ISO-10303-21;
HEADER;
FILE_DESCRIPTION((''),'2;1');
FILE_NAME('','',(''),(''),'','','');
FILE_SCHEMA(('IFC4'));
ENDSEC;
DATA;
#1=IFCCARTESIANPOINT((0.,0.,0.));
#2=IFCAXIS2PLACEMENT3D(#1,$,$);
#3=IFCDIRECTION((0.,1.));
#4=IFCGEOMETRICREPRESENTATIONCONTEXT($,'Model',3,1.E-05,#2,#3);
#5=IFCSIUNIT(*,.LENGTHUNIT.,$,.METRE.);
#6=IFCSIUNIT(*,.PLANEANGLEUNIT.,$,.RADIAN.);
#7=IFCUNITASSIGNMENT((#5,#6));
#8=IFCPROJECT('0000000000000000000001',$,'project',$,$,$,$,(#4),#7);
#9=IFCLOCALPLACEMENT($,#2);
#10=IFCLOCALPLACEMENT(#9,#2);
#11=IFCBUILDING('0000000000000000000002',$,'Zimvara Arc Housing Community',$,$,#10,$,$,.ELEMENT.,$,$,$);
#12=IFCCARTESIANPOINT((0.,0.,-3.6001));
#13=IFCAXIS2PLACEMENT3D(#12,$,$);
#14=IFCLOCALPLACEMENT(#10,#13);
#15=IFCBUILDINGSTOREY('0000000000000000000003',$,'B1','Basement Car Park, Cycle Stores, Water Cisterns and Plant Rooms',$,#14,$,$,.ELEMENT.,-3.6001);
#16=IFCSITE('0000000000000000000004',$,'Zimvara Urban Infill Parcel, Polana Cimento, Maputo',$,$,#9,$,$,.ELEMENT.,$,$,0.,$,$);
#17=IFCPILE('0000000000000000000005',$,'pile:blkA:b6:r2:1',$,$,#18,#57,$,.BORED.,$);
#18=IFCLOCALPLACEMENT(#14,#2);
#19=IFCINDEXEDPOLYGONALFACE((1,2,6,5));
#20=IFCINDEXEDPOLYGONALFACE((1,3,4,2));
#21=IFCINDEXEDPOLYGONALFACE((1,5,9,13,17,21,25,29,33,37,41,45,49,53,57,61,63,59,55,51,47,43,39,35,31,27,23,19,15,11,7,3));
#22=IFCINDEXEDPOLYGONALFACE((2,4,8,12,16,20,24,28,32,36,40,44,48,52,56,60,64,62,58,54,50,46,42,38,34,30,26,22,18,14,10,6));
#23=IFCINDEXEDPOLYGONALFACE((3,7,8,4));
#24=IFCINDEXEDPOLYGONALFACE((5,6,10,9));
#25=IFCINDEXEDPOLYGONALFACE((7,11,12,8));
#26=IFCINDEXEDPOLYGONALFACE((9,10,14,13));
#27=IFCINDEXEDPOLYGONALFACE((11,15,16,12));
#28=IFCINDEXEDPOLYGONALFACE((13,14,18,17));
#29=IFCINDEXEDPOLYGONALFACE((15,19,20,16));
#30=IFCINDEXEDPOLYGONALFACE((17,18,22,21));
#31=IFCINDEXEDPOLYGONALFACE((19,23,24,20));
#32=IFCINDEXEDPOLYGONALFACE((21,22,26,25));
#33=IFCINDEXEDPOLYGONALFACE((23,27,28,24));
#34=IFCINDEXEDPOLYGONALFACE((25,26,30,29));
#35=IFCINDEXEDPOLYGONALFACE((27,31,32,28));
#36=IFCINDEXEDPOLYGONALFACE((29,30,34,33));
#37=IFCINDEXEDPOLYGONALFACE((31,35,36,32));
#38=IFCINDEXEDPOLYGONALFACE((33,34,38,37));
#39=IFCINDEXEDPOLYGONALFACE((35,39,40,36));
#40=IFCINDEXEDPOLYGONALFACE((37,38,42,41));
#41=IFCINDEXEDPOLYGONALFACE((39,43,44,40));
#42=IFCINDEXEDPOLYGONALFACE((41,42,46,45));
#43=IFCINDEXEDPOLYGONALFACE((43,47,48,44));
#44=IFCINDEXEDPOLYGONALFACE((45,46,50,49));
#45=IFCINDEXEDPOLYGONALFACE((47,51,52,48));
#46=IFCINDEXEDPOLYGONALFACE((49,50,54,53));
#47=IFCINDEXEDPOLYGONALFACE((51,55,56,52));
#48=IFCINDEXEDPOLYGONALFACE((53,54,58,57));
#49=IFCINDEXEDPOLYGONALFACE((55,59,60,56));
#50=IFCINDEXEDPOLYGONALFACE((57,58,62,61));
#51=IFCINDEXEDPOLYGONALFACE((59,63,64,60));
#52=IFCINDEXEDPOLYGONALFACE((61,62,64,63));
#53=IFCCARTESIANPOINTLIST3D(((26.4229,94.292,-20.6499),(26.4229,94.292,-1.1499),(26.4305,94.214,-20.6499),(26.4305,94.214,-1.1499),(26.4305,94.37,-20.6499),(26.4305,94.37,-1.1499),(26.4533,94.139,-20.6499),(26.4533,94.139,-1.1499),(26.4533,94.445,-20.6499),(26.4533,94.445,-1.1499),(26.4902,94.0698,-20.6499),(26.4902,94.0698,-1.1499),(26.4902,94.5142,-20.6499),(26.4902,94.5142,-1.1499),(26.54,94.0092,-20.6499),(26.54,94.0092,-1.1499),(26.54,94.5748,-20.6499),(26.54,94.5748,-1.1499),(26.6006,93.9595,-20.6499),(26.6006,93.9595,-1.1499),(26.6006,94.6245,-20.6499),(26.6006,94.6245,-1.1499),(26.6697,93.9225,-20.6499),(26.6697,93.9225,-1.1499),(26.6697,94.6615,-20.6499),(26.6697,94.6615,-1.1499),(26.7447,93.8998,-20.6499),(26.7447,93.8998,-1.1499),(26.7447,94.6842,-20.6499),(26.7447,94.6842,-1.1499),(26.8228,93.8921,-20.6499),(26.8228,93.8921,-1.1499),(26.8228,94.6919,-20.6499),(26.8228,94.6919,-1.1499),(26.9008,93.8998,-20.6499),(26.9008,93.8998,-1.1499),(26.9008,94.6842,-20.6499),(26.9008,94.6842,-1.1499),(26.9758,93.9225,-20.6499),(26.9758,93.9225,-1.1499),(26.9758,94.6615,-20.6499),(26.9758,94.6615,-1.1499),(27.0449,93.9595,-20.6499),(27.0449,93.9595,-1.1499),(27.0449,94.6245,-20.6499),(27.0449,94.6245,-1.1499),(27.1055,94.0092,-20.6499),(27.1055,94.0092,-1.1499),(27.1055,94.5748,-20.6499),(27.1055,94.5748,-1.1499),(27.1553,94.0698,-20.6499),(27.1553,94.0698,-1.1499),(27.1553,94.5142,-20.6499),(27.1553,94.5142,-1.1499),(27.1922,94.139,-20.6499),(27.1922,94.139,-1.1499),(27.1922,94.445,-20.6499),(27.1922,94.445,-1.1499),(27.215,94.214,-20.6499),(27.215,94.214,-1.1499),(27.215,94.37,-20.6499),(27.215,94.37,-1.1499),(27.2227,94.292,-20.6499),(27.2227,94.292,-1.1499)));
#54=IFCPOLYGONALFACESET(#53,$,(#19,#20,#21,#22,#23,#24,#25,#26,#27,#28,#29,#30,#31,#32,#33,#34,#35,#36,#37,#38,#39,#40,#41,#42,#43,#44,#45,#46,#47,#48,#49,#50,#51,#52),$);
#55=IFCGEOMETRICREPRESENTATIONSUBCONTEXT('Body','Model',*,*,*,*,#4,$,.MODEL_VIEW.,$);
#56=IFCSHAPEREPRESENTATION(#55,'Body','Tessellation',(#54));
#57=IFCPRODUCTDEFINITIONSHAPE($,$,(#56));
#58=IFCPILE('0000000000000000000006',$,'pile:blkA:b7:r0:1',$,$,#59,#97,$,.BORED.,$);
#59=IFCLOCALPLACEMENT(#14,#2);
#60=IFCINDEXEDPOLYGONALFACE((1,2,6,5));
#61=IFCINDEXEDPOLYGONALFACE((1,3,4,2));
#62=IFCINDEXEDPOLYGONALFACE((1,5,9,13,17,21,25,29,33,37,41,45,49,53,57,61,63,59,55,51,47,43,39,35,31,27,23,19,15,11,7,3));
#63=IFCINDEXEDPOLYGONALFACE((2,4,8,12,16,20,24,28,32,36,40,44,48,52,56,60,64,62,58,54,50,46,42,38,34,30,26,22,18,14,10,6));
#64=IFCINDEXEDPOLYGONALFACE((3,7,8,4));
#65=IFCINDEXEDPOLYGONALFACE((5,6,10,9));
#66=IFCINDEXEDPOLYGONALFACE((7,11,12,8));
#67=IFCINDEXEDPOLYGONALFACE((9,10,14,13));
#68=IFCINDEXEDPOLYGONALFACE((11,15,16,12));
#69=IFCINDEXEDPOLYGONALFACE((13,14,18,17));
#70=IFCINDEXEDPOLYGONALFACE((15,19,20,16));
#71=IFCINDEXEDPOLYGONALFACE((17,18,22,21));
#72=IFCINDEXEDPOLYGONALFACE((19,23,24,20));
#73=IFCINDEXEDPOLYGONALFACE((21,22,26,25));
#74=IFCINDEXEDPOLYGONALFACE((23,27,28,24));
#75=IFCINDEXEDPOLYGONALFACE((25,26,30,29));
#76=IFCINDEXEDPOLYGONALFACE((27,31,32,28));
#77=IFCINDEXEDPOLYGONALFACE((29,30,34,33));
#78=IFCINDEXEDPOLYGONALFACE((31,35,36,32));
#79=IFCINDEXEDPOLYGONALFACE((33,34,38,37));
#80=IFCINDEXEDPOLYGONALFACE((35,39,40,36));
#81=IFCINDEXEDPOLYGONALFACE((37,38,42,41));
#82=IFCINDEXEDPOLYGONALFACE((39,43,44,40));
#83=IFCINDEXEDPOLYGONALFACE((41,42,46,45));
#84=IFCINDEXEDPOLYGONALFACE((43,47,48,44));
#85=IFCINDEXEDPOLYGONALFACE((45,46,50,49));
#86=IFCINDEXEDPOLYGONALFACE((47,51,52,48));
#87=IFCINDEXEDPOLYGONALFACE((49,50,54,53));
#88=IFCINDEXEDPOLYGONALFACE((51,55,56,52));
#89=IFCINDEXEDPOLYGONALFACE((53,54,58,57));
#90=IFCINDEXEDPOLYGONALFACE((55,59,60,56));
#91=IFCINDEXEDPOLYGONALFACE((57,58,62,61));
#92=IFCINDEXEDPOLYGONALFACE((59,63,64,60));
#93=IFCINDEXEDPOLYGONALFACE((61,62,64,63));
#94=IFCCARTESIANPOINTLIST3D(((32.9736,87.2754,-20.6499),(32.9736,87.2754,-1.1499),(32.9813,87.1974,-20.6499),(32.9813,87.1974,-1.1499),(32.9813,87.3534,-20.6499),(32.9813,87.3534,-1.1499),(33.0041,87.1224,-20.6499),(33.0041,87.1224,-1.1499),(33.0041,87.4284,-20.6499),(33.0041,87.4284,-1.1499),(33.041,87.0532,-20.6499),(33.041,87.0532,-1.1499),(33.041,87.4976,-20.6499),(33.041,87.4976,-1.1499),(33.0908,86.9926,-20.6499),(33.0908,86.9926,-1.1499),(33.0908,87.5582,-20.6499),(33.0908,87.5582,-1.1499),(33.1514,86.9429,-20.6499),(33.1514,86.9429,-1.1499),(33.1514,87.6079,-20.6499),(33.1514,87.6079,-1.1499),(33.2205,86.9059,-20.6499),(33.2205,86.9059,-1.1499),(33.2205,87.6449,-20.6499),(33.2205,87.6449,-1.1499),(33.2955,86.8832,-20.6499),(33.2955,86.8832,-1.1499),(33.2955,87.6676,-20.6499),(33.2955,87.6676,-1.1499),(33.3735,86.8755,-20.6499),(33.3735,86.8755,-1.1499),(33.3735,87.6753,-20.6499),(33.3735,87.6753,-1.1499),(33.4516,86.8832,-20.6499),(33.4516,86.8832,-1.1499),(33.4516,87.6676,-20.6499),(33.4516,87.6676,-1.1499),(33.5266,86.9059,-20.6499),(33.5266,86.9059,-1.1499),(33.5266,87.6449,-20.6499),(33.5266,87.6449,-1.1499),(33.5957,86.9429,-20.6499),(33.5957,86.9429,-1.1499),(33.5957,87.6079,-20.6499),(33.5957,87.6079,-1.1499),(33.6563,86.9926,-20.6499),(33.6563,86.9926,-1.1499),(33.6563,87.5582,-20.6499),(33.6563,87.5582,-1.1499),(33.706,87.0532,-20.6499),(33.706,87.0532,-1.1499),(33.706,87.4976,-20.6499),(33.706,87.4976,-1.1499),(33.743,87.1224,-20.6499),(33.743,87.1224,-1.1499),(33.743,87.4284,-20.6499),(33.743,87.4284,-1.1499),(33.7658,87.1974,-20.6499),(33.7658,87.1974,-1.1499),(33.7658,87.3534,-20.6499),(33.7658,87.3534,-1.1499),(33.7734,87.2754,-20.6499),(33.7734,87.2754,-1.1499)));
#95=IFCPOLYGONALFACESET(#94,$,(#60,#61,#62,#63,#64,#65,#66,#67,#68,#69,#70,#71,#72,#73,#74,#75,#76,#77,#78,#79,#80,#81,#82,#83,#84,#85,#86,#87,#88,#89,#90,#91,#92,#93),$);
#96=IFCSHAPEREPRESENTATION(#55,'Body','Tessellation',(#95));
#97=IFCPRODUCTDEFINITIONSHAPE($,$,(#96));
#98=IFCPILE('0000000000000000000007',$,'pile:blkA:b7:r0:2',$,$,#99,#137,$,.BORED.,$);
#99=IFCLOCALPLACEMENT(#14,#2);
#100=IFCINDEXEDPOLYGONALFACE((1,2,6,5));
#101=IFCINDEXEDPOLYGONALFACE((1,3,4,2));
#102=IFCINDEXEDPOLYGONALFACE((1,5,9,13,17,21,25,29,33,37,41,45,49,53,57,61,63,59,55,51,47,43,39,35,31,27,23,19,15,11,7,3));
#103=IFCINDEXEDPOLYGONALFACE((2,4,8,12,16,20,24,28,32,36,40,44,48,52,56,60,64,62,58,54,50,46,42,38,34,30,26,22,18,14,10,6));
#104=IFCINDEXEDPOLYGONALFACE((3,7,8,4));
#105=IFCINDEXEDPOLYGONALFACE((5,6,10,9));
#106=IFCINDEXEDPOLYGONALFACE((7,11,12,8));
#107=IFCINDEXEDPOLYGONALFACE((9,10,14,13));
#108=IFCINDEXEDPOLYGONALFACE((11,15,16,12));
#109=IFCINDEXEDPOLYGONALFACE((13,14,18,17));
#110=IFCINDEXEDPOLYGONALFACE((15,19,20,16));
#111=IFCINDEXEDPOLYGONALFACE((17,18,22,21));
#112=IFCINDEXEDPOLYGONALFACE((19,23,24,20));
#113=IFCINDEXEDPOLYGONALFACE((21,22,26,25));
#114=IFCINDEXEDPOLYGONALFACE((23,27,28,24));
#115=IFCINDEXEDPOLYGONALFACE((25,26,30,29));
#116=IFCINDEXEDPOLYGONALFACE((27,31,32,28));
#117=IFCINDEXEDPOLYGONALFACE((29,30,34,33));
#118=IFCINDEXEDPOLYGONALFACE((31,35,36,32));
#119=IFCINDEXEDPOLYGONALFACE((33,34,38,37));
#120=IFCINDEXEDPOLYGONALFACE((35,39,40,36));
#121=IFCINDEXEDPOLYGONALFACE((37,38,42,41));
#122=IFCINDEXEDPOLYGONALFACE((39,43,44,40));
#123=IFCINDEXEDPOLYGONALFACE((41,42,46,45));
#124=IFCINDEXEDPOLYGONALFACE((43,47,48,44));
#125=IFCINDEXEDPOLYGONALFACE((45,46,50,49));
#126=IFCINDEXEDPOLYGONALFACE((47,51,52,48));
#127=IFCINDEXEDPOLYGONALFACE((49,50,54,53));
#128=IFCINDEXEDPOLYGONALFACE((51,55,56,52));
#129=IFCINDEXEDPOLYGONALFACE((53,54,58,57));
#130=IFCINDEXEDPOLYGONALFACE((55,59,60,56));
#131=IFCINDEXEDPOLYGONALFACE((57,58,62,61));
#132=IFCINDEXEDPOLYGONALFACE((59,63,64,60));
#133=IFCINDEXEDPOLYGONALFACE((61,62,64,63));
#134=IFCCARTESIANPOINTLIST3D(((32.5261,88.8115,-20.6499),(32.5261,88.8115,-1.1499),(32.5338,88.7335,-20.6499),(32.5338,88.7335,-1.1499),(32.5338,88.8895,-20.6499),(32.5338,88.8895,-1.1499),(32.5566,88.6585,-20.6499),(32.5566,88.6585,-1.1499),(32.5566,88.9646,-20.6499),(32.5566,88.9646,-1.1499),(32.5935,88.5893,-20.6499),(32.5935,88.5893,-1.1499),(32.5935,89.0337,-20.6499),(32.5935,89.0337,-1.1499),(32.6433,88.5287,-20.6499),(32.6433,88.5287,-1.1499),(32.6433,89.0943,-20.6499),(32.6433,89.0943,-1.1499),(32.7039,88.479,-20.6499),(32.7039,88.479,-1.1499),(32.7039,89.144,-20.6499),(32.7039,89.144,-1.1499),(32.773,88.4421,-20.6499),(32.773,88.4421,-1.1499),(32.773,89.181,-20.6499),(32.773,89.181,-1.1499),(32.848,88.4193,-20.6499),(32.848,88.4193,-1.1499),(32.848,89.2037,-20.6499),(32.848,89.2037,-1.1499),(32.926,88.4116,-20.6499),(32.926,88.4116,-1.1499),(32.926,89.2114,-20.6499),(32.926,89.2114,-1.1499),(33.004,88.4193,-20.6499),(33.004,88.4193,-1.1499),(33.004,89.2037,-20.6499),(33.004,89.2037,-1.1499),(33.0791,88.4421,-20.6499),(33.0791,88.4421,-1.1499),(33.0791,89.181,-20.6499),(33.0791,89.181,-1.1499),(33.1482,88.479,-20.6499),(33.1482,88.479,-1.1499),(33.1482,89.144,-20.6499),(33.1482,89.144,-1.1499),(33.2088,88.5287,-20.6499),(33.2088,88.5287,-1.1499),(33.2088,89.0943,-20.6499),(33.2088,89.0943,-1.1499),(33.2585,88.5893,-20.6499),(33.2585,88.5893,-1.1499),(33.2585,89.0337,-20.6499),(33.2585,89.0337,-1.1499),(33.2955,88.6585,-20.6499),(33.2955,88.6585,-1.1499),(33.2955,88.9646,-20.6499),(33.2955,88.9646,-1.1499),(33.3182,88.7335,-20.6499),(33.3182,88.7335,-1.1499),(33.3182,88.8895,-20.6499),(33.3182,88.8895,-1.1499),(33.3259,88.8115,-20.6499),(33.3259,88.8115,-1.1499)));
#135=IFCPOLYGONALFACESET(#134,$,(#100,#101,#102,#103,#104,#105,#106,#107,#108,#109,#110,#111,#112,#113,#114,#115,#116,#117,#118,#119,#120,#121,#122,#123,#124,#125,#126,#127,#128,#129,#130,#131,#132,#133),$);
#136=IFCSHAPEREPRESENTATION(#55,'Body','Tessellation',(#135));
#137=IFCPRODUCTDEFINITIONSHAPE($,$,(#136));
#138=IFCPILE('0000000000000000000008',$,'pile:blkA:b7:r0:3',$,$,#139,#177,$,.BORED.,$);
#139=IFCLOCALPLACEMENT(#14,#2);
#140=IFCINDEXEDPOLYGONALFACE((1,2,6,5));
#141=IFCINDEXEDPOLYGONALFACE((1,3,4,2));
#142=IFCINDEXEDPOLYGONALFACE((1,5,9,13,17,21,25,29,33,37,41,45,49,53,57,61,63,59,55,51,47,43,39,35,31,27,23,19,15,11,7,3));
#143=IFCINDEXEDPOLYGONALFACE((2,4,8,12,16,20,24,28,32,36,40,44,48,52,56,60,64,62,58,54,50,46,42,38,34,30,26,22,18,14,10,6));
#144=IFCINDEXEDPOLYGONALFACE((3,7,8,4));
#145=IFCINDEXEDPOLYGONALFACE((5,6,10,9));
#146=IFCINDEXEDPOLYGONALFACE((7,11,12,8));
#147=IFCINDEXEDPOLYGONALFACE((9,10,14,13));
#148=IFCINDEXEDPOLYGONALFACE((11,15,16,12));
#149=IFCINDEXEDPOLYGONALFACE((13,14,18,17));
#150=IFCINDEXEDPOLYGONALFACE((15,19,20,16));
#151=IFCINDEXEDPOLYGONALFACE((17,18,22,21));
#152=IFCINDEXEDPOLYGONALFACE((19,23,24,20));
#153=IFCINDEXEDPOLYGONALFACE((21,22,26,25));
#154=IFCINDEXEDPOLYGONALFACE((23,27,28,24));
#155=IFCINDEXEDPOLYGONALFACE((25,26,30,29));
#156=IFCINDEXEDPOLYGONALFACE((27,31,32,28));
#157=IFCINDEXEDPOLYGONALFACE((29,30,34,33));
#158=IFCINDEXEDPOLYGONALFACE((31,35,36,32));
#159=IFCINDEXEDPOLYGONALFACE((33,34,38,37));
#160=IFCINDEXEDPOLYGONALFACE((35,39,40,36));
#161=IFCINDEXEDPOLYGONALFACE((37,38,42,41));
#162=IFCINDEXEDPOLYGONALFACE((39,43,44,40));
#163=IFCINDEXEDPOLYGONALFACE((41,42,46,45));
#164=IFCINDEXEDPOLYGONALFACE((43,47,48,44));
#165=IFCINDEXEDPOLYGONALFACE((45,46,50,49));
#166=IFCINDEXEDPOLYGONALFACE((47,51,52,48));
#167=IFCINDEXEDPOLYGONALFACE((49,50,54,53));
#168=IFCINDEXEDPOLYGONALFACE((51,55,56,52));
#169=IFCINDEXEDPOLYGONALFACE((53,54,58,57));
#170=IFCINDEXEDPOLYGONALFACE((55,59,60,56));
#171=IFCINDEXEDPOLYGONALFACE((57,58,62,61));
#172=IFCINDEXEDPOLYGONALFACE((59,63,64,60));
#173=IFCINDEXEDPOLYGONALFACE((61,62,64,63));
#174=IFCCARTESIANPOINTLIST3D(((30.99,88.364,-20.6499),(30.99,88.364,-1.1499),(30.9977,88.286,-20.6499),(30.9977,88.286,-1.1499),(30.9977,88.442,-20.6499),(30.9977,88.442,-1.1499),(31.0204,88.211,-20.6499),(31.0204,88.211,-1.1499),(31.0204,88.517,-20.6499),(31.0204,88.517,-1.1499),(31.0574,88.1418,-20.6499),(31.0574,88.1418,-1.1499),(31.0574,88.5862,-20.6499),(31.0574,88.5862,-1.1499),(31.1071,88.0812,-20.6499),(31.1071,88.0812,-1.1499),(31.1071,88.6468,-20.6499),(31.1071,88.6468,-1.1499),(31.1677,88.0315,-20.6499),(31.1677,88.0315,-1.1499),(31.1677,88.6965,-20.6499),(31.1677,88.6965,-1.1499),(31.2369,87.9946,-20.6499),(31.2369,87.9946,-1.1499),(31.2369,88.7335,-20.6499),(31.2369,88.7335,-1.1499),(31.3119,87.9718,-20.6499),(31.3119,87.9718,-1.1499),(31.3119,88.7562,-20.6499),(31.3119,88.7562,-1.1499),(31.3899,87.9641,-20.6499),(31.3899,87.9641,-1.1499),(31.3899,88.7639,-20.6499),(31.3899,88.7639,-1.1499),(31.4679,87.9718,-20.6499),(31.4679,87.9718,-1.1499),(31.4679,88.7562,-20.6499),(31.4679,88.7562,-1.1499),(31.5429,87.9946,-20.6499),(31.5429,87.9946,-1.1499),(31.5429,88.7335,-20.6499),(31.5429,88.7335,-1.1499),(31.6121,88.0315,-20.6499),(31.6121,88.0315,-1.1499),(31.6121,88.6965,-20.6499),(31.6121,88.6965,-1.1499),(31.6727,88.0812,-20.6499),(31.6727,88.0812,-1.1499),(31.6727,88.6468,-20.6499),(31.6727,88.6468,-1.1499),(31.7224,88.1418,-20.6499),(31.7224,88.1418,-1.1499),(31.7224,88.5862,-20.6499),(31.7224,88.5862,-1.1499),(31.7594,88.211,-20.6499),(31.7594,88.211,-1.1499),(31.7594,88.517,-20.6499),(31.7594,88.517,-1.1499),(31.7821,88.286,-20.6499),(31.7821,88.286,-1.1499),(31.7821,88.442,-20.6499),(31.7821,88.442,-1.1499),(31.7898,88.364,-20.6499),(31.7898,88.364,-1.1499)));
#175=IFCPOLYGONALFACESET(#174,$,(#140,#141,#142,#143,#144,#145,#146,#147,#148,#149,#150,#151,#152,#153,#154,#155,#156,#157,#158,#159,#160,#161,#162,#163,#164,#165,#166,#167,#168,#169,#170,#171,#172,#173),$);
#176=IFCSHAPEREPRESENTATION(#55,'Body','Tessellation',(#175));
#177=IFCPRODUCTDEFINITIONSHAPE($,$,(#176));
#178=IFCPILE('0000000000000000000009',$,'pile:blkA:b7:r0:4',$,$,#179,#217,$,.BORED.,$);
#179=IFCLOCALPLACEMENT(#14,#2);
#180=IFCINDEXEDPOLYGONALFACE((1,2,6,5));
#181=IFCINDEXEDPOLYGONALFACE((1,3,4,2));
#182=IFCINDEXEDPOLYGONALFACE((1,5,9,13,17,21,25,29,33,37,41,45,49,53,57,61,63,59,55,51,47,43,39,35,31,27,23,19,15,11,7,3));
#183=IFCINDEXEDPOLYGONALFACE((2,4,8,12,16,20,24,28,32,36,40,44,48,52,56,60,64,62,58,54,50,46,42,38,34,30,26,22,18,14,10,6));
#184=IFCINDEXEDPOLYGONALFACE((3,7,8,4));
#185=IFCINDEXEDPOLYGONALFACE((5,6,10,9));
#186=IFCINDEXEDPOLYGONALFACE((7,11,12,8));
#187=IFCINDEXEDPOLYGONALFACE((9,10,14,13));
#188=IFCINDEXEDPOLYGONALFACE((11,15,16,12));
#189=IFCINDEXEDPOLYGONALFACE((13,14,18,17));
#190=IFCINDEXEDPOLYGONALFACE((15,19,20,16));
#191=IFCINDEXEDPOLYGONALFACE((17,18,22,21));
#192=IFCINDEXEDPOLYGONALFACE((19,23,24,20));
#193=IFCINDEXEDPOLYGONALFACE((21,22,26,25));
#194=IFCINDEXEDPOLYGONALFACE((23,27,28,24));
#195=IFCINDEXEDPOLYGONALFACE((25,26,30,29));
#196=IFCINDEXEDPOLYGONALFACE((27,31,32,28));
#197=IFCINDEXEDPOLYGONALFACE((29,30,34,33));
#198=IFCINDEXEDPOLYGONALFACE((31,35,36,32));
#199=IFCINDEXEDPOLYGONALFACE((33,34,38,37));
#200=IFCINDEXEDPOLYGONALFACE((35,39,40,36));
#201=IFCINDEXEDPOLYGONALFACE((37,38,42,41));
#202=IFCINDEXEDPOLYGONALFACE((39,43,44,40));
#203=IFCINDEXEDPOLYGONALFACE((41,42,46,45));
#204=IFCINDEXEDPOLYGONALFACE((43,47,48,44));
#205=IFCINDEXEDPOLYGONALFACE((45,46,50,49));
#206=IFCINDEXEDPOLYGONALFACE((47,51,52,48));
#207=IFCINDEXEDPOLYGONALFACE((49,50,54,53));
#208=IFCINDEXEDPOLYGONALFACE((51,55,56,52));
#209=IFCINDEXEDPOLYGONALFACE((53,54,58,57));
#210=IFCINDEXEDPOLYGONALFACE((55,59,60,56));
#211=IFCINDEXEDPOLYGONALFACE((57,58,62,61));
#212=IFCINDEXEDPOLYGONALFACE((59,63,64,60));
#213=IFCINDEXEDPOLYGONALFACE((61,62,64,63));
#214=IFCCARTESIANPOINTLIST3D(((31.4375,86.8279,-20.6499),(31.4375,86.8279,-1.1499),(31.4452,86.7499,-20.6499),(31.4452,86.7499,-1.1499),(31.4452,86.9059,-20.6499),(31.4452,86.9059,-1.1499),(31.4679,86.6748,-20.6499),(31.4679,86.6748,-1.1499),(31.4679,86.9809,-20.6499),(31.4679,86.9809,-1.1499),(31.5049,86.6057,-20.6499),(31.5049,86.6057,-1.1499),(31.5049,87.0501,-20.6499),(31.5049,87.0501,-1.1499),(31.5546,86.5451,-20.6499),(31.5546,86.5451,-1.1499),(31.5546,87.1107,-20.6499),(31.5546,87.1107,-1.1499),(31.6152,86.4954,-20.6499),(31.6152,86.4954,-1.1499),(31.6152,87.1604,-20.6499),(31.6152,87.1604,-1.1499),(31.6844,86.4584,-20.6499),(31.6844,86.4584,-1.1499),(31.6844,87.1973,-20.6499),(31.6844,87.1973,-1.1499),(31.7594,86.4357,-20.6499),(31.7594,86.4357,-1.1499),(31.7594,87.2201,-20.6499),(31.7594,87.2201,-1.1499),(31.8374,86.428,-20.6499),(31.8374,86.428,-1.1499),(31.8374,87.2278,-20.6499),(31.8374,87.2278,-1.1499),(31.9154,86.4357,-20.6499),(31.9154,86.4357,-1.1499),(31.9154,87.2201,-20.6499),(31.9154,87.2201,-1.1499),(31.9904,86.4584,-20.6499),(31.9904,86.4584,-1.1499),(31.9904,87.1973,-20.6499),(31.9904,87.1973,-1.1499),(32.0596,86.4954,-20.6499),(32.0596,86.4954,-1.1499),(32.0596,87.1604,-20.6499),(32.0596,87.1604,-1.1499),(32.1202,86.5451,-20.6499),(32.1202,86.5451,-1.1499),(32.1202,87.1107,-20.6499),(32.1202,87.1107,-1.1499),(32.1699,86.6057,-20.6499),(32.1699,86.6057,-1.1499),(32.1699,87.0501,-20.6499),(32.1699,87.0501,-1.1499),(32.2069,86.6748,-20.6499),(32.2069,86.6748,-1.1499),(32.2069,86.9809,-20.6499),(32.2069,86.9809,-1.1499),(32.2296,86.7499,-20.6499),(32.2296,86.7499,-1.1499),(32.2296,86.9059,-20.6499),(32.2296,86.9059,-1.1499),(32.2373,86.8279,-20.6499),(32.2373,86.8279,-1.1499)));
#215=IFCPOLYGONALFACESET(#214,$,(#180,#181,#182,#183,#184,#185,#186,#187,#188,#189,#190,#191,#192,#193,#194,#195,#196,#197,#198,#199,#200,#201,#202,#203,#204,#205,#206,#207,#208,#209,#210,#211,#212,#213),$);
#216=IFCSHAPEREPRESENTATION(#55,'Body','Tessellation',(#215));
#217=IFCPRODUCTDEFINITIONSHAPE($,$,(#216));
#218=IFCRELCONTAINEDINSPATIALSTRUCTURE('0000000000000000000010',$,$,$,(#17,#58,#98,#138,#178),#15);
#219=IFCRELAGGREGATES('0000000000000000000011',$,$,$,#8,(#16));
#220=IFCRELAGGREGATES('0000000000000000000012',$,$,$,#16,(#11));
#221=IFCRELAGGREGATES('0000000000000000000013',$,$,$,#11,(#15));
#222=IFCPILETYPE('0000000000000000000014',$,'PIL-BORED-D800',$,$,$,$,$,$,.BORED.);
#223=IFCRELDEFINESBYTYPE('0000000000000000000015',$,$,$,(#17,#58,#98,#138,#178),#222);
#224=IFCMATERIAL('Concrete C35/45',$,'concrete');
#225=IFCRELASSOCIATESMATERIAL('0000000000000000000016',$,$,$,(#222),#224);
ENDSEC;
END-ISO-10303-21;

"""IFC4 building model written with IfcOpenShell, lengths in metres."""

from ifc_helpers import new_model, si_unit, direction, frame, origin, origin_2d, place, context, subcontext, project, spatial, circle, extrude, material, material_profile, profile_set, type_object, element, save


model = new_model("IFC4")

# Units and contexts
model_context = context("Model", 3, precision=1e-05, world=origin(), true_north=direction((0.0, 1.0)))
body_context = subcontext(model_context, "Body", "Model", "MODEL_VIEW")
ifc_project = project(units=[si_unit("LENGTHUNIT", "METRE"), si_unit("PLANEANGLEUNIT", "RADIAN")], contexts=[model_context])

# Site, building, storey
site_placement = place(None, origin())
site = spatial("IfcSite", under=ifc_project, at=site_placement, Name="Zimvara Urban Infill Parcel, Polana Cimento, Maputo", CompositionType="ELEMENT", RefElevation=0.0)
building_placement = place(site_placement, origin())
building = spatial("IfcBuilding", under=site, at=building_placement, Name="Zimvara Arc Housing Community", CompositionType="ELEMENT")
storey_placement = place(building_placement, frame((0.0, 0.0, -3.6001)))
storey = spatial("IfcBuildingStorey", under=building, at=storey_placement, Name="B1", Description="Basement Car Park, Cycle Stores, Water Cisterns and Plant Rooms", CompositionType="ELEMENT", Elevation=-3.6001)

# Piles
ifc_material_1 = material(Name="Concrete C35/45", Category="concrete")
ifc_material_profile_1 = material_profile(ifc_material_1, circle(Radius=0.3999, at=origin_2d()), Name="PILE D800")
ifc_profile_set_1 = profile_set([ifc_material_profile_1], Name="Concrete C35/45")
pile_type = type_object("IfcPileType", Name="PIL-BORED-D800", PredefinedType="BORED", material=ifc_profile_set_1)
for number, where, z_axis, x_axis, name in (
    (1, (26.8228, 94.292, -1.1499), (0.0, 0.0, -1.0), (1.0, 0.0, 0.0), "pile:blkA:b6:r2:1"),
    (2, (33.3735, 87.2754, -1.1499), (0.0, 0.0, -1.0), (1.0, 0.0, 0.0), "pile:blkA:b7:r0:1"),
    (3, (32.926, 88.8115, -1.1499), (0.0, 0.0, -1.0), (1.0, 0.0, 0.0), "pile:blkA:b7:r0:2"),
    (4, (31.3899, 88.364, -1.1499), (0.0, 0.0, -1.0), (1.0, 0.0, 0.0), "pile:blkA:b7:r0:3"),
    (5, (31.8374, 86.8279, -1.1499), (0.0, 0.0, -1.0), (1.0, 0.0, 0.0), "pile:blkA:b7:r0:4"),
):
    element("IfcPile", number, at=place(storey_placement, frame(where, z_axis=z_axis, x_axis=x_axis)), inside=storey, type_object=pile_type, Name=name, PredefinedType="BORED", context=body_context, shape_type="SweptSolid", body=[
        extrude(circle(Radius=0.3999, at=origin_2d()), origin(), (0.0, 0.0, 1.0), 19.5),
    ])

save(model, "model.ifc")
